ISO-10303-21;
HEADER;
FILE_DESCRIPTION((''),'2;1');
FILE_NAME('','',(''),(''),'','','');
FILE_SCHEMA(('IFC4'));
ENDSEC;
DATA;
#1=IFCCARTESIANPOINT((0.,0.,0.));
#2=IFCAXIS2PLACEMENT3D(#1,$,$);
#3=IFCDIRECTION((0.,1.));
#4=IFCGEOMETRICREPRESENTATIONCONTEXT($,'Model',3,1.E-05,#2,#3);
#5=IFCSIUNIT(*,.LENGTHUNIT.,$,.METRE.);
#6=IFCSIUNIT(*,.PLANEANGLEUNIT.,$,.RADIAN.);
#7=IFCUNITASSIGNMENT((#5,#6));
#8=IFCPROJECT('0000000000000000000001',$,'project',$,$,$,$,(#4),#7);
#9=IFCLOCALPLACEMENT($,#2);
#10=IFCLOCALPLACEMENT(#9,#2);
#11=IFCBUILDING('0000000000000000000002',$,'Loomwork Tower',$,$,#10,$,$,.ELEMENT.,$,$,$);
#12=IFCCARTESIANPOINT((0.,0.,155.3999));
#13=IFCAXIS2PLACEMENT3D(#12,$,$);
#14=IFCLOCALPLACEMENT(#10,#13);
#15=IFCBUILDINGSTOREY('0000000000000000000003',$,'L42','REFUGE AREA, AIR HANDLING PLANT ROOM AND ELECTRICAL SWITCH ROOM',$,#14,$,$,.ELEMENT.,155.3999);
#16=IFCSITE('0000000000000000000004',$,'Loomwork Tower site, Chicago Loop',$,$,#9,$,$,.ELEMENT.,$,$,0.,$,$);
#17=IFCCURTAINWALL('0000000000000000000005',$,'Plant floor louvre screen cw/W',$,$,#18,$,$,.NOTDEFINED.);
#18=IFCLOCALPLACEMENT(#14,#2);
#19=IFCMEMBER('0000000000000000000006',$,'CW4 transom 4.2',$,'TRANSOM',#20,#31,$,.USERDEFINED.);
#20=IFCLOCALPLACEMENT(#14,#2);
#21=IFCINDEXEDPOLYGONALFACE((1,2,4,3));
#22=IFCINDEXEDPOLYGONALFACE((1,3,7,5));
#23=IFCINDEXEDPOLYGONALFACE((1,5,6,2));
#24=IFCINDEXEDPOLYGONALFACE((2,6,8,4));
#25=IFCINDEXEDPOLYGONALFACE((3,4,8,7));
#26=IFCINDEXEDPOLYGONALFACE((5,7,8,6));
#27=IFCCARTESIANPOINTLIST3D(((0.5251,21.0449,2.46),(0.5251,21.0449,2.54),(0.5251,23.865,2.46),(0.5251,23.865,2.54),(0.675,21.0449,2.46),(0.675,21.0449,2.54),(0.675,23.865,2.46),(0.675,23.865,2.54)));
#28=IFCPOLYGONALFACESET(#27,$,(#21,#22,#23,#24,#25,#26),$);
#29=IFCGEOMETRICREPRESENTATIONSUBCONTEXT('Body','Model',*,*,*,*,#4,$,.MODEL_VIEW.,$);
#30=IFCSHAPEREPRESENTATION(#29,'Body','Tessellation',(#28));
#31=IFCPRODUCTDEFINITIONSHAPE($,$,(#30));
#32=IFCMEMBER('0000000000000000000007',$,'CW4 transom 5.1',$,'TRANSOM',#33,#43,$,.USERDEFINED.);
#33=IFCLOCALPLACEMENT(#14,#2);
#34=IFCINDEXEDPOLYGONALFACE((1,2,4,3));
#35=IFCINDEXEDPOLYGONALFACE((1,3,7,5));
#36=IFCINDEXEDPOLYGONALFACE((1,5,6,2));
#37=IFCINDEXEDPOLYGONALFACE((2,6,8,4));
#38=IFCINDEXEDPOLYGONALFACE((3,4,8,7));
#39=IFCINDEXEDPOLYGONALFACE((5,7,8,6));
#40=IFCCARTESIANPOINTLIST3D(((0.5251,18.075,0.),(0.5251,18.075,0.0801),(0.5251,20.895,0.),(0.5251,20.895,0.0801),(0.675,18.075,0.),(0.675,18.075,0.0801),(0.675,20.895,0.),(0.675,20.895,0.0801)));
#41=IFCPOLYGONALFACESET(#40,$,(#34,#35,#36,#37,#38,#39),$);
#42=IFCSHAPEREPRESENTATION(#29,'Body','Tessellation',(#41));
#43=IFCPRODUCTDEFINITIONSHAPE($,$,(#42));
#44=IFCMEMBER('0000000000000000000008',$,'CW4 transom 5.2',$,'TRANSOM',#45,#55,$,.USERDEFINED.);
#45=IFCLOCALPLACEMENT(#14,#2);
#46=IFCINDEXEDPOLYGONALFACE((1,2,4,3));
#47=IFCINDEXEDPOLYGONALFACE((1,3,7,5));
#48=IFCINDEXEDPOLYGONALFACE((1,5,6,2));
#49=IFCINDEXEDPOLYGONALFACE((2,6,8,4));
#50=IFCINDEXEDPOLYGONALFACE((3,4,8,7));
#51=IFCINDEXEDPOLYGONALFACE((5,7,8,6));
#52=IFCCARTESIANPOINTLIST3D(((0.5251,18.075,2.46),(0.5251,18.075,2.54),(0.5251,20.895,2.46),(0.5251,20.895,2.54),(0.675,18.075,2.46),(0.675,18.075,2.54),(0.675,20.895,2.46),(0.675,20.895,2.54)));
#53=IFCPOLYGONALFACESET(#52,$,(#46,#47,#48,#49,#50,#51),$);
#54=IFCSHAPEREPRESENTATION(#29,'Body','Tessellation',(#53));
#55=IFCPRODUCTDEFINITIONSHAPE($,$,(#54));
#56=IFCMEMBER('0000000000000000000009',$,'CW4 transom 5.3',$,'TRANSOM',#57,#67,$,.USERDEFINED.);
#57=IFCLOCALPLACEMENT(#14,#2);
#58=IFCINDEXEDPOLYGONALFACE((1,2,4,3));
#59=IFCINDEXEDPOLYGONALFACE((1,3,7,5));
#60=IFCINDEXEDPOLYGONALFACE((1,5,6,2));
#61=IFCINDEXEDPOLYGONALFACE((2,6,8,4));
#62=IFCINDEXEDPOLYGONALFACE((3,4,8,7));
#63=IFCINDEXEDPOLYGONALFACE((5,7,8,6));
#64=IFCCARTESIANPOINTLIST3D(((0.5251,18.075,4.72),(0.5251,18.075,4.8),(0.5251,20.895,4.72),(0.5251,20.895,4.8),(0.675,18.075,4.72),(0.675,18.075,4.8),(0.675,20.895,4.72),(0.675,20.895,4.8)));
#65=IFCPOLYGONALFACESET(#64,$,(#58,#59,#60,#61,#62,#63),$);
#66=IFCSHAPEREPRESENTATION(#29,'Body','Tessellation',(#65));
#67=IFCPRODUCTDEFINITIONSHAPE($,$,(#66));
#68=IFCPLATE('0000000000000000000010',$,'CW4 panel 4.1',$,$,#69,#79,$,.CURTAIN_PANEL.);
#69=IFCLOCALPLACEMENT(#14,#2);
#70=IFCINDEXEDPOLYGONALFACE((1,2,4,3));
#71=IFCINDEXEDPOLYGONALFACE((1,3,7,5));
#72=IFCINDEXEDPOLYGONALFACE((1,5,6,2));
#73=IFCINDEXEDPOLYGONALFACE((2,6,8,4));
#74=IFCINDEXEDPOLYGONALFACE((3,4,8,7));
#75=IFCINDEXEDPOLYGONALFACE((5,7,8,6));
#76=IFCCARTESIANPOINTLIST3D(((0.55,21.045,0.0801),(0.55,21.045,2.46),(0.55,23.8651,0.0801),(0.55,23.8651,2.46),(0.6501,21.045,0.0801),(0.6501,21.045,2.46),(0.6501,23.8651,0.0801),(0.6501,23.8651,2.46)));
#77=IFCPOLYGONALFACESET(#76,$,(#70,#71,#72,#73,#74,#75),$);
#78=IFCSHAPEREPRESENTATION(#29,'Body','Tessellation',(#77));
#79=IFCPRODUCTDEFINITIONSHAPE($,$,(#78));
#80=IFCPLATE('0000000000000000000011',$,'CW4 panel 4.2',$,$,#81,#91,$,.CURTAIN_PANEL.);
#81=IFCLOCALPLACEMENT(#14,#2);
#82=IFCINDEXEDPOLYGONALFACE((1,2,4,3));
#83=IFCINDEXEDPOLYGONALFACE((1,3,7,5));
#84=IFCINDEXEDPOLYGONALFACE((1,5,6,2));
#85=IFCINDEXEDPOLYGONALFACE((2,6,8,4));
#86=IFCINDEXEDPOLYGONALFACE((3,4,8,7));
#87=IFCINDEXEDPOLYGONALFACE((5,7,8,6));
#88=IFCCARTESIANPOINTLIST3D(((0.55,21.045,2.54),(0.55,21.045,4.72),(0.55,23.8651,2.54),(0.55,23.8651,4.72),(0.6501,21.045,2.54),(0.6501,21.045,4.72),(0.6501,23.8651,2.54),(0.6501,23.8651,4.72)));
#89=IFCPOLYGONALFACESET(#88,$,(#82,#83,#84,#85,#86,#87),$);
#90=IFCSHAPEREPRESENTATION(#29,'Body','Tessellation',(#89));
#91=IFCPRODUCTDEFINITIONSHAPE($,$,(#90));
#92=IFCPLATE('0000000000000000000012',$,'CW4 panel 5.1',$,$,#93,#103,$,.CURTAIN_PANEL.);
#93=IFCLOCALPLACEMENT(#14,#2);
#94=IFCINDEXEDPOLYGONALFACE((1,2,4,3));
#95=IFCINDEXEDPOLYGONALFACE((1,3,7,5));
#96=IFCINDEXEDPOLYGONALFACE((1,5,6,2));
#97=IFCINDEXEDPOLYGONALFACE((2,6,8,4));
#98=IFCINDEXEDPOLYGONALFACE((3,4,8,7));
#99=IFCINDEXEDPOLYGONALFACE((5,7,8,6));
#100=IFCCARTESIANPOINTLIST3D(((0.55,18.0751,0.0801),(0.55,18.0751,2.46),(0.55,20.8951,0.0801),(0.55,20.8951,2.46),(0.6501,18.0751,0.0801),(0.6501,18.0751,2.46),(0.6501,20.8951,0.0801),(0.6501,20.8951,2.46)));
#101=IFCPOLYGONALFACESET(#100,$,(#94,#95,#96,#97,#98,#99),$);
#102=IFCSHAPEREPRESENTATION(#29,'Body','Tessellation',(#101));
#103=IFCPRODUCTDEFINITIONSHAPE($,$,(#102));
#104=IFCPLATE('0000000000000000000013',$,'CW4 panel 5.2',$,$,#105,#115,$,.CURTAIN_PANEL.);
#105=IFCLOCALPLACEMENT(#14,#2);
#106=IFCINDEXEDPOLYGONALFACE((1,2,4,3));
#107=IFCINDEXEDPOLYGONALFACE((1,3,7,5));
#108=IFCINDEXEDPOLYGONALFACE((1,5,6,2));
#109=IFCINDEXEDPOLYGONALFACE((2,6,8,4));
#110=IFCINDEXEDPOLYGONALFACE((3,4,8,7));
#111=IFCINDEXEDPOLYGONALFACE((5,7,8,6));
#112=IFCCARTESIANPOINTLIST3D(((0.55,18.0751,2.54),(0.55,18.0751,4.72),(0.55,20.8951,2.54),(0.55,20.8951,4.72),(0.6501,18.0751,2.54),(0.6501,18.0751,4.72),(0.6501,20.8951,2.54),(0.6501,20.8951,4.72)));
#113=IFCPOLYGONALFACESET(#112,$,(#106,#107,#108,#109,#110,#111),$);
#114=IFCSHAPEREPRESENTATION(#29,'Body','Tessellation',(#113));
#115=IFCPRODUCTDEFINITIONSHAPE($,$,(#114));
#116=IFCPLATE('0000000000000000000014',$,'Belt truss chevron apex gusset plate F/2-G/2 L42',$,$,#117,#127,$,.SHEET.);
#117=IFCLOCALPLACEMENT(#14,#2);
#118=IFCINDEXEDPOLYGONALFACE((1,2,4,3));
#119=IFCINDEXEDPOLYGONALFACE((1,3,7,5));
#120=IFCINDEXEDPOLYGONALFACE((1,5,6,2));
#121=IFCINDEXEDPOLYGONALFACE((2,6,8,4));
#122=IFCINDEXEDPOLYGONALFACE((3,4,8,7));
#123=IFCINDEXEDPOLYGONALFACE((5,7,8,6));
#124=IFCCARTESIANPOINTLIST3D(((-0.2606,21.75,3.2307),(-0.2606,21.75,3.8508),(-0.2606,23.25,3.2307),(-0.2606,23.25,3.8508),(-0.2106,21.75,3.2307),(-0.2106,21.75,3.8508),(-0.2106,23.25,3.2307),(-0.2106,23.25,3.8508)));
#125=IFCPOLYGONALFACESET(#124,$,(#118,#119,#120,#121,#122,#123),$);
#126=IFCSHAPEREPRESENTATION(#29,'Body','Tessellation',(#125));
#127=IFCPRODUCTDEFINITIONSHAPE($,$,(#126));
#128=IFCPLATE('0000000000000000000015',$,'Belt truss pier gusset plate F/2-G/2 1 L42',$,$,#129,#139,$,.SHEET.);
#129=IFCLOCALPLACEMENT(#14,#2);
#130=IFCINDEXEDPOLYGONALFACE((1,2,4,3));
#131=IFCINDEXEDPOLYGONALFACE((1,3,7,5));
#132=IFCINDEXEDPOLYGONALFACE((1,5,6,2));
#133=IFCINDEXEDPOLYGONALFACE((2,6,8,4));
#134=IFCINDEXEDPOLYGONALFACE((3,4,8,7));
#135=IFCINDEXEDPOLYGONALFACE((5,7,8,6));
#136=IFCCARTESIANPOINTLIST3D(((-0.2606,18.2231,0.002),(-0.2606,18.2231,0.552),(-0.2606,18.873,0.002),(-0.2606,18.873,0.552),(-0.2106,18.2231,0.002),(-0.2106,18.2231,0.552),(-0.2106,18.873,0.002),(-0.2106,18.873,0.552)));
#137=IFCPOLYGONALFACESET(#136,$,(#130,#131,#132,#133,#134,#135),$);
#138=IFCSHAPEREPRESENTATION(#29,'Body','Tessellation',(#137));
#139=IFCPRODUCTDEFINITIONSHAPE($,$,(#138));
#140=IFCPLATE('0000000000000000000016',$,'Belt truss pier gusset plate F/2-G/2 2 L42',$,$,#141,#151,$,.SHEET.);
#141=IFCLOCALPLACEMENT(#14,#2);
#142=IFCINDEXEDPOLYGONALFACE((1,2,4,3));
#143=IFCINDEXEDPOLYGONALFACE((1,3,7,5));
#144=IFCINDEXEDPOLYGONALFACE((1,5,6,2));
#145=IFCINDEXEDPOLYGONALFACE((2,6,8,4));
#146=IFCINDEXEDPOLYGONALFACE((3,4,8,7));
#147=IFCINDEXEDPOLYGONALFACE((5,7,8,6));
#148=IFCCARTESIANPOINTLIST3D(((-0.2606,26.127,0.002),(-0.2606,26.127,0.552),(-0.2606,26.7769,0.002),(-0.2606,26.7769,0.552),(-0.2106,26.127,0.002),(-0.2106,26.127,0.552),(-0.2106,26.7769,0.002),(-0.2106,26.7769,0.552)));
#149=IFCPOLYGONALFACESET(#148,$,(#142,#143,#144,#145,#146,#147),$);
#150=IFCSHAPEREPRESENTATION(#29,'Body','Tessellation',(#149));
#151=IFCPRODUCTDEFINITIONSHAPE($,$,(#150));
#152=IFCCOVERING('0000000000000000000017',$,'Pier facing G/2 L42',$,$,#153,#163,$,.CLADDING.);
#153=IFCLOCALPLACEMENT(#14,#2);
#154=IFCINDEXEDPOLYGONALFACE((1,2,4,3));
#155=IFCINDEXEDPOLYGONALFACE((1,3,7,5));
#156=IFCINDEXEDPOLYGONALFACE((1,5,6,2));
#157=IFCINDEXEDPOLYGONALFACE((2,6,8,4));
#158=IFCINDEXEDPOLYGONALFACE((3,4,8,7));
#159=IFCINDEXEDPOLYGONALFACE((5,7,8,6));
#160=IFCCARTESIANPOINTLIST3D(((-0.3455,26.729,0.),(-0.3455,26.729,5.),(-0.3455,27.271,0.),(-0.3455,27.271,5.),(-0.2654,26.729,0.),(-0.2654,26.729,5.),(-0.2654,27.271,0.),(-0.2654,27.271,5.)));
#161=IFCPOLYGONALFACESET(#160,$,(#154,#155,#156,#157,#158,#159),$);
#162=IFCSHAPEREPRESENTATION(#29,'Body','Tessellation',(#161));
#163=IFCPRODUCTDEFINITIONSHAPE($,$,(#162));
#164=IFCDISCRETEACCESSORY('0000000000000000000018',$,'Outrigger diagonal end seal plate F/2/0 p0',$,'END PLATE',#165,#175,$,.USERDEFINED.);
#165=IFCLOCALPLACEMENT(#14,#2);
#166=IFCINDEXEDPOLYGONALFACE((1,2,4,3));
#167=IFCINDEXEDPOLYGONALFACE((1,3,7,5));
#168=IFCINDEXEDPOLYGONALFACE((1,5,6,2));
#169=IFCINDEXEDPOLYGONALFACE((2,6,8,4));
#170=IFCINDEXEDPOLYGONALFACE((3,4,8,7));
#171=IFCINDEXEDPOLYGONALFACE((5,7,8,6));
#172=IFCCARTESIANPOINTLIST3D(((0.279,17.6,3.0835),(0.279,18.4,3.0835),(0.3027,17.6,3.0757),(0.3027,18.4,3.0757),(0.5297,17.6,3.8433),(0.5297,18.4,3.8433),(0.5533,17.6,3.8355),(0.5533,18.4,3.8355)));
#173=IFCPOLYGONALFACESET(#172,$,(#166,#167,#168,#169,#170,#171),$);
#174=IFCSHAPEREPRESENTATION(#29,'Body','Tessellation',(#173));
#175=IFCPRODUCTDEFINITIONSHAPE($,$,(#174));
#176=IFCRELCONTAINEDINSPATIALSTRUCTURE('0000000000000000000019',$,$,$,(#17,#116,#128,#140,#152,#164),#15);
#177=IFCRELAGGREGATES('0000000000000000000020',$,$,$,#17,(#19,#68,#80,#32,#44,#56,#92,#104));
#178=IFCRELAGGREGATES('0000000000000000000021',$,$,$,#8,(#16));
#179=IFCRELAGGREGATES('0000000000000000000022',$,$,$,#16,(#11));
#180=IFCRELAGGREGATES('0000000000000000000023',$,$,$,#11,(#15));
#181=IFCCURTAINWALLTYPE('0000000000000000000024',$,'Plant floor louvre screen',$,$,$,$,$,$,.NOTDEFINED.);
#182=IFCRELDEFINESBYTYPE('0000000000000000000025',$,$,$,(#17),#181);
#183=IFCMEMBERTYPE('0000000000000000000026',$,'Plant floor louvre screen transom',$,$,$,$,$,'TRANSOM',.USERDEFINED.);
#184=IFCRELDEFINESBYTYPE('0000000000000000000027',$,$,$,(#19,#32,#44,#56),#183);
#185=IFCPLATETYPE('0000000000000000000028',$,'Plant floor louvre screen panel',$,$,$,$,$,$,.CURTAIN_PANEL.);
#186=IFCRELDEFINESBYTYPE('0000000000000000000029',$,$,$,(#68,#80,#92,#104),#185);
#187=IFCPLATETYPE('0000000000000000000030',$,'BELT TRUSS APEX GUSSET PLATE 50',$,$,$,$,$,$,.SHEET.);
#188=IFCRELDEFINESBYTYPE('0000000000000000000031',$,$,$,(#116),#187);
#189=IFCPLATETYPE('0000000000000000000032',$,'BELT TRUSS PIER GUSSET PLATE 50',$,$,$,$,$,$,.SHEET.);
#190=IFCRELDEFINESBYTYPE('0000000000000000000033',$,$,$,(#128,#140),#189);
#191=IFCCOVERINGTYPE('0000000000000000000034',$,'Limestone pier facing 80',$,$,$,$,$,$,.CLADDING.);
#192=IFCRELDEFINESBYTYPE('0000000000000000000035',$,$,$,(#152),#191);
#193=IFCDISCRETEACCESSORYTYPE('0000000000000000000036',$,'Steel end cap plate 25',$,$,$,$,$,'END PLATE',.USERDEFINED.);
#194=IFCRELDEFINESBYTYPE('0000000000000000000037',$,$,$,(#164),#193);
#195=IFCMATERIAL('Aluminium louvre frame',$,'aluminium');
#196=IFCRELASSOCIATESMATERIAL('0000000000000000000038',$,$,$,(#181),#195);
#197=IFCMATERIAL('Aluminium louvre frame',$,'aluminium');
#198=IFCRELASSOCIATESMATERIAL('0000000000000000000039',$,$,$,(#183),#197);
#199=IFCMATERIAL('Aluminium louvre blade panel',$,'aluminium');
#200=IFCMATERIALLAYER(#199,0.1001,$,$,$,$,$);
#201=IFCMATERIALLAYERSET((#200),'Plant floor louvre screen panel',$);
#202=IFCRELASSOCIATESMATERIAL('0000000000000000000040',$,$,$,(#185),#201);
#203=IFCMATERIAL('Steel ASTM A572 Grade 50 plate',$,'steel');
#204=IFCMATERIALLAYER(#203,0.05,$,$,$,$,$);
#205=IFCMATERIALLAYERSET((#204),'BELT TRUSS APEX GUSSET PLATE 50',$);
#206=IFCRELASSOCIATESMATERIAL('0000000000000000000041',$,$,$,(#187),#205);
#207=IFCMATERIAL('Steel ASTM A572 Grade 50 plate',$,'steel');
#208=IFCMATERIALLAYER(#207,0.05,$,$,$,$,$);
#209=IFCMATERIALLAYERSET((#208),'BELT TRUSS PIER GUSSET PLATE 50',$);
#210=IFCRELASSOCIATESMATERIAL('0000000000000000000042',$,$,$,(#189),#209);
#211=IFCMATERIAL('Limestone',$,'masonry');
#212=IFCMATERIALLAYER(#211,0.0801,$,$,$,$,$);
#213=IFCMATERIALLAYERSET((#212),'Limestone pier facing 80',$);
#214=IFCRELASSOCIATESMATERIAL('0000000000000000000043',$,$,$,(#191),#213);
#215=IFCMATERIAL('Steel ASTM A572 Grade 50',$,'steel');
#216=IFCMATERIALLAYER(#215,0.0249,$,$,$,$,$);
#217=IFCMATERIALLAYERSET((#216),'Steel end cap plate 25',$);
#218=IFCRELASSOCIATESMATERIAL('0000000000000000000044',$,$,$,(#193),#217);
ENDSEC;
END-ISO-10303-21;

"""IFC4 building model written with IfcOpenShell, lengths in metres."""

from ifc_helpers import new_model, si_unit, direction, frame, origin, origin_2d, place, context, subcontext, project, spatial, rectangle, extrude, material, layer, layer_set, material_profile, profile_set, type_object, element, aggregate, save


model = new_model("IFC4")

# Units and contexts
model_context = context("Model", 3, precision=1e-05, world=origin(), true_north=direction((0.0, 1.0)))
body_context = subcontext(model_context, "Body", "Model", "MODEL_VIEW")
ifc_project = project(units=[si_unit("LENGTHUNIT", "METRE"), si_unit("PLANEANGLEUNIT", "RADIAN")], contexts=[model_context])

# Site, building, storey
site_placement = place(None, origin())
site = spatial("IfcSite", under=ifc_project, at=site_placement, Name="Loomwork Tower site, Chicago Loop", CompositionType="ELEMENT", RefElevation=0.0)
building_placement = place(site_placement, origin())
building = spatial("IfcBuilding", under=site, at=building_placement, Name="Loomwork Tower", CompositionType="ELEMENT")
storey_placement = place(building_placement, frame((0.0, 0.0, 155.3999)))
storey = spatial("IfcBuildingStorey", under=building, at=storey_placement, Name="L42", Description="REFUGE AREA, AIR HANDLING PLANT ROOM AND ELECTRICAL SWITCH ROOM", CompositionType="ELEMENT", Elevation=155.3999)

# Curtain wall, members, plates
ifc_material_1 = material(Name="Aluminium louvre frame", Category="aluminium")
curtain_wall_type = type_object("IfcCurtainWallType", Name="Plant floor louvre screen", PredefinedType="NOTDEFINED", material=ifc_material_1)
curtain_wall_placement = place(storey_placement, origin())
curtain_wall = element("IfcCurtainWall", 1, at=curtain_wall_placement, inside=storey, type_object=curtain_wall_type, Name="Plant floor louvre screen cw/W", PredefinedType="NOTDEFINED")
ifc_material_2 = material(Name="Aluminium louvre frame", Category="aluminium")
ifc_material_profile_1 = material_profile(ifc_material_2, rectangle(XDim=0.1499, YDim=0.0801, at=origin_2d()), Name="AL 80x150")
ifc_profile_set_1 = profile_set([ifc_material_profile_1], Name="Aluminium louvre frame")
member_type_1 = type_object("IfcMemberType", Name="Plant floor louvre screen transom", ElementType="TRANSOM", PredefinedType="USERDEFINED", material=ifc_profile_set_1)
member_1_placement = place(storey_placement, frame((0.6001, 23.865, 2.5), z_axis=(0.0, -1.0, 0.0), x_axis=(1.0, 0.0, 0.0)))
member_1 = element("IfcMember", 2, at=member_1_placement, type_object=member_type_1, Name="CW4 transom 4.2", ObjectType="TRANSOM", PredefinedType="USERDEFINED", context=body_context, shape_type="SweptSolid", body=[
    extrude(rectangle(XDim=0.1499, YDim=0.0801, at=origin_2d()), origin(), (0.0, 0.0, 1.0), 2.8201),
])
member_2_placement = place(storey_placement, frame((0.6001, 20.895, 0.04), z_axis=(0.0, -1.0, 0.0), x_axis=(1.0, 0.0, 0.0)))
member_2 = element("IfcMember", 3, at=member_2_placement, type_object=member_type_1, Name="CW4 transom 5.1", ObjectType="TRANSOM", PredefinedType="USERDEFINED", context=body_context, shape_type="SweptSolid", body=[
    extrude(rectangle(XDim=0.1499, YDim=0.0801, at=origin_2d()), origin(), (0.0, 0.0, 1.0), 2.8201),
])
member_3_placement = place(storey_placement, frame((0.6001, 20.895, 2.5), z_axis=(0.0, -1.0, 0.0), x_axis=(1.0, 0.0, 0.0)))
member_3 = element("IfcMember", 4, at=member_3_placement, type_object=member_type_1, Name="CW4 transom 5.2", ObjectType="TRANSOM", PredefinedType="USERDEFINED", context=body_context, shape_type="SweptSolid", body=[
    extrude(rectangle(XDim=0.1499, YDim=0.0801, at=origin_2d()), origin(), (0.0, 0.0, 1.0), 2.8201),
])
member_4_placement = place(storey_placement, frame((0.6001, 20.895, 4.76), z_axis=(0.0, -1.0, 0.0), x_axis=(1.0, 0.0, 0.0)))
member_4 = element("IfcMember", 5, at=member_4_placement, type_object=member_type_1, Name="CW4 transom 5.3", ObjectType="TRANSOM", PredefinedType="USERDEFINED", context=body_context, shape_type="SweptSolid", body=[
    extrude(rectangle(XDim=0.1499, YDim=0.0801, at=origin_2d()), origin(), (0.0, 0.0, 1.0), 2.8201),
])
ifc_material_3 = material(Name="Aluminium louvre blade panel", Category="aluminium")
ifc_layer_1 = layer(ifc_material_3, 0.1001)
ifc_layer_set_1 = layer_set([ifc_layer_1], Name="Plant floor louvre screen panel")
plate_type_1 = type_object("IfcPlateType", Name="Plant floor louvre screen panel", PredefinedType="CURTAIN_PANEL", material=ifc_layer_set_1)
plate_1_placement = place(storey_placement, frame((0.6001, 22.4551, 0.0801), z_axis=(0.0, 0.0, 1.0), x_axis=(0.0, -1.0, 0.0)))
plate_1 = element("IfcPlate", 6, at=plate_1_placement, type_object=plate_type_1, Name="CW4 panel 4.1", PredefinedType="CURTAIN_PANEL", context=body_context, shape_type="SweptSolid", body=[
    extrude(rectangle(XDim=2.8201, YDim=0.1001, at=origin_2d()), origin(), (0.0, 0.0, 1.0), 2.3799),
])
plate_2_placement = place(storey_placement, frame((0.6001, 22.4551, 2.54), z_axis=(0.0, 0.0, 1.0), x_axis=(0.0, -1.0, 0.0)))
plate_2 = element("IfcPlate", 7, at=plate_2_placement, type_object=plate_type_1, Name="CW4 panel 4.2", PredefinedType="CURTAIN_PANEL", context=body_context, shape_type="SweptSolid", body=[
    extrude(rectangle(XDim=2.8201, YDim=0.1001, at=origin_2d()), origin(), (0.0, 0.0, 1.0), 2.1799),
])
plate_3_placement = place(storey_placement, frame((0.6001, 19.4851, 0.0801), z_axis=(0.0, 0.0, 1.0), x_axis=(0.0, -1.0, 0.0)))
plate_3 = element("IfcPlate", 8, at=plate_3_placement, type_object=plate_type_1, Name="CW4 panel 5.1", PredefinedType="CURTAIN_PANEL", context=body_context, shape_type="SweptSolid", body=[
    extrude(rectangle(XDim=2.8201, YDim=0.1001, at=origin_2d()), origin(), (0.0, 0.0, 1.0), 2.3799),
])
plate_4_placement = place(storey_placement, frame((0.6001, 19.4851, 2.54), z_axis=(0.0, 0.0, 1.0), x_axis=(0.0, -1.0, 0.0)))
plate_4 = element("IfcPlate", 9, at=plate_4_placement, type_object=plate_type_1, Name="CW4 panel 5.2", PredefinedType="CURTAIN_PANEL", context=body_context, shape_type="SweptSolid", body=[
    extrude(rectangle(XDim=2.8201, YDim=0.1001, at=origin_2d()), origin(), (0.0, 0.0, 1.0), 2.1799),
])
aggregate(curtain_wall, [member_1, plate_1, plate_2, member_2, member_3, member_4, plate_3, plate_4])

# Plates
ifc_material_4 = material(Name="Steel ASTM A572 Grade 50 plate", Category="steel")
ifc_layer_2 = layer(ifc_material_4, 0.05)
ifc_layer_set_2 = layer_set([ifc_layer_2], Name="BELT TRUSS APEX GUSSET PLATE 50")
plate_type_2 = type_object("IfcPlateType", Name="BELT TRUSS APEX GUSSET PLATE 50", PredefinedType="SHEET", material=ifc_layer_set_2)
plate_5_placement = place(storey_placement, frame((-0.2356, 22.5, 3.2307), z_axis=(0.0, 0.0, 1.0), x_axis=(0.0, 1.0, 0.0)))
element("IfcPlate", 10, at=plate_5_placement, inside=storey, type_object=plate_type_2, Name="Belt truss chevron apex gusset plate F/2-G/2 L42", PredefinedType="SHEET", context=body_context, shape_type="SweptSolid", body=[
    extrude(rectangle(XDim=1.5, YDim=0.05, at=origin_2d()), origin(), (0.0, 0.0, 1.0), 0.6201),
])
ifc_material_5 = material(Name="Steel ASTM A572 Grade 50 plate", Category="steel")
ifc_layer_3 = layer(ifc_material_5, 0.05)
ifc_layer_set_3 = layer_set([ifc_layer_3], Name="BELT TRUSS PIER GUSSET PLATE 50")
plate_type_3 = type_object("IfcPlateType", Name="BELT TRUSS PIER GUSSET PLATE 50", PredefinedType="SHEET", material=ifc_layer_set_3)
for number, where, z_axis, x_axis, name in (
    (11, (-0.2356, 18.5481, 0.002), (0.0, 0.0, 1.0), (0.0, 1.0, 0.0), "Belt truss pier gusset plate F/2-G/2 1 L42"),
    (12, (-0.2356, 26.4519, 0.002), (0.0, 0.0, 1.0), (0.0, 1.0, 0.0), "Belt truss pier gusset plate F/2-G/2 2 L42"),
):
    element("IfcPlate", number, at=place(storey_placement, frame(where, z_axis=z_axis, x_axis=x_axis)), inside=storey, type_object=plate_type_3, Name=name, PredefinedType="SHEET", context=body_context, shape_type="SweptSolid", body=[
        extrude(rectangle(XDim=0.6499, YDim=0.05, at=origin_2d()), origin(), (0.0, 0.0, 1.0), 0.55),
    ])

# Covering
ifc_material_6 = material(Name="Limestone", Category="masonry")
ifc_layer_4 = layer(ifc_material_6, 0.0801)
ifc_layer_set_4 = layer_set([ifc_layer_4], Name="Limestone pier facing 80")
covering_type = type_object("IfcCoveringType", Name="Limestone pier facing 80", PredefinedType="CLADDING", material=ifc_layer_set_4)
covering_placement = place(storey_placement, frame((-0.3054, 27.0, 0.0), z_axis=(0.0, 0.0, 1.0), x_axis=(1.0, 0.0, 0.0)))
element("IfcCovering", 13, at=covering_placement, inside=storey, type_object=covering_type, Name="Pier facing G/2 L42", PredefinedType="CLADDING", context=body_context, shape_type="SweptSolid", body=[
    extrude(rectangle(XDim=0.0801, YDim=0.542, at=origin_2d()), origin(), (0.0, 0.0, 1.0), 5.0),
])

# Discrete accessory
ifc_material_7 = material(Name="Steel ASTM A572 Grade 50", Category="steel")
ifc_layer_5 = layer(ifc_material_7, 0.0249)
ifc_layer_set_5 = layer_set([ifc_layer_5], Name="Steel end cap plate 25")
discrete_accessory_type = type_object("IfcDiscreteAccessoryType", Name="Steel end cap plate 25", ElementType="END PLATE", PredefinedType="USERDEFINED", material=ifc_layer_set_5)
discrete_accessory_placement = place(storey_placement, frame((0.428, 18.0, 3.4556), z_axis=(-0.949658, 0.0, 0.313289), x_axis=(0.0, -1.0, 0.0)))
element("IfcDiscreteAccessory", 14, at=discrete_accessory_placement, inside=storey, type_object=discrete_accessory_type, Name="Outrigger diagonal end seal plate F/2/0 p0", ObjectType="END PLATE", PredefinedType="USERDEFINED", context=body_context, shape_type="SweptSolid", body=[
    extrude(rectangle(XDim=0.8, YDim=0.8, at=origin_2d()), origin(), (0.0, 0.0, 1.0), 0.0249),
])

save(model, "model.ifc")
